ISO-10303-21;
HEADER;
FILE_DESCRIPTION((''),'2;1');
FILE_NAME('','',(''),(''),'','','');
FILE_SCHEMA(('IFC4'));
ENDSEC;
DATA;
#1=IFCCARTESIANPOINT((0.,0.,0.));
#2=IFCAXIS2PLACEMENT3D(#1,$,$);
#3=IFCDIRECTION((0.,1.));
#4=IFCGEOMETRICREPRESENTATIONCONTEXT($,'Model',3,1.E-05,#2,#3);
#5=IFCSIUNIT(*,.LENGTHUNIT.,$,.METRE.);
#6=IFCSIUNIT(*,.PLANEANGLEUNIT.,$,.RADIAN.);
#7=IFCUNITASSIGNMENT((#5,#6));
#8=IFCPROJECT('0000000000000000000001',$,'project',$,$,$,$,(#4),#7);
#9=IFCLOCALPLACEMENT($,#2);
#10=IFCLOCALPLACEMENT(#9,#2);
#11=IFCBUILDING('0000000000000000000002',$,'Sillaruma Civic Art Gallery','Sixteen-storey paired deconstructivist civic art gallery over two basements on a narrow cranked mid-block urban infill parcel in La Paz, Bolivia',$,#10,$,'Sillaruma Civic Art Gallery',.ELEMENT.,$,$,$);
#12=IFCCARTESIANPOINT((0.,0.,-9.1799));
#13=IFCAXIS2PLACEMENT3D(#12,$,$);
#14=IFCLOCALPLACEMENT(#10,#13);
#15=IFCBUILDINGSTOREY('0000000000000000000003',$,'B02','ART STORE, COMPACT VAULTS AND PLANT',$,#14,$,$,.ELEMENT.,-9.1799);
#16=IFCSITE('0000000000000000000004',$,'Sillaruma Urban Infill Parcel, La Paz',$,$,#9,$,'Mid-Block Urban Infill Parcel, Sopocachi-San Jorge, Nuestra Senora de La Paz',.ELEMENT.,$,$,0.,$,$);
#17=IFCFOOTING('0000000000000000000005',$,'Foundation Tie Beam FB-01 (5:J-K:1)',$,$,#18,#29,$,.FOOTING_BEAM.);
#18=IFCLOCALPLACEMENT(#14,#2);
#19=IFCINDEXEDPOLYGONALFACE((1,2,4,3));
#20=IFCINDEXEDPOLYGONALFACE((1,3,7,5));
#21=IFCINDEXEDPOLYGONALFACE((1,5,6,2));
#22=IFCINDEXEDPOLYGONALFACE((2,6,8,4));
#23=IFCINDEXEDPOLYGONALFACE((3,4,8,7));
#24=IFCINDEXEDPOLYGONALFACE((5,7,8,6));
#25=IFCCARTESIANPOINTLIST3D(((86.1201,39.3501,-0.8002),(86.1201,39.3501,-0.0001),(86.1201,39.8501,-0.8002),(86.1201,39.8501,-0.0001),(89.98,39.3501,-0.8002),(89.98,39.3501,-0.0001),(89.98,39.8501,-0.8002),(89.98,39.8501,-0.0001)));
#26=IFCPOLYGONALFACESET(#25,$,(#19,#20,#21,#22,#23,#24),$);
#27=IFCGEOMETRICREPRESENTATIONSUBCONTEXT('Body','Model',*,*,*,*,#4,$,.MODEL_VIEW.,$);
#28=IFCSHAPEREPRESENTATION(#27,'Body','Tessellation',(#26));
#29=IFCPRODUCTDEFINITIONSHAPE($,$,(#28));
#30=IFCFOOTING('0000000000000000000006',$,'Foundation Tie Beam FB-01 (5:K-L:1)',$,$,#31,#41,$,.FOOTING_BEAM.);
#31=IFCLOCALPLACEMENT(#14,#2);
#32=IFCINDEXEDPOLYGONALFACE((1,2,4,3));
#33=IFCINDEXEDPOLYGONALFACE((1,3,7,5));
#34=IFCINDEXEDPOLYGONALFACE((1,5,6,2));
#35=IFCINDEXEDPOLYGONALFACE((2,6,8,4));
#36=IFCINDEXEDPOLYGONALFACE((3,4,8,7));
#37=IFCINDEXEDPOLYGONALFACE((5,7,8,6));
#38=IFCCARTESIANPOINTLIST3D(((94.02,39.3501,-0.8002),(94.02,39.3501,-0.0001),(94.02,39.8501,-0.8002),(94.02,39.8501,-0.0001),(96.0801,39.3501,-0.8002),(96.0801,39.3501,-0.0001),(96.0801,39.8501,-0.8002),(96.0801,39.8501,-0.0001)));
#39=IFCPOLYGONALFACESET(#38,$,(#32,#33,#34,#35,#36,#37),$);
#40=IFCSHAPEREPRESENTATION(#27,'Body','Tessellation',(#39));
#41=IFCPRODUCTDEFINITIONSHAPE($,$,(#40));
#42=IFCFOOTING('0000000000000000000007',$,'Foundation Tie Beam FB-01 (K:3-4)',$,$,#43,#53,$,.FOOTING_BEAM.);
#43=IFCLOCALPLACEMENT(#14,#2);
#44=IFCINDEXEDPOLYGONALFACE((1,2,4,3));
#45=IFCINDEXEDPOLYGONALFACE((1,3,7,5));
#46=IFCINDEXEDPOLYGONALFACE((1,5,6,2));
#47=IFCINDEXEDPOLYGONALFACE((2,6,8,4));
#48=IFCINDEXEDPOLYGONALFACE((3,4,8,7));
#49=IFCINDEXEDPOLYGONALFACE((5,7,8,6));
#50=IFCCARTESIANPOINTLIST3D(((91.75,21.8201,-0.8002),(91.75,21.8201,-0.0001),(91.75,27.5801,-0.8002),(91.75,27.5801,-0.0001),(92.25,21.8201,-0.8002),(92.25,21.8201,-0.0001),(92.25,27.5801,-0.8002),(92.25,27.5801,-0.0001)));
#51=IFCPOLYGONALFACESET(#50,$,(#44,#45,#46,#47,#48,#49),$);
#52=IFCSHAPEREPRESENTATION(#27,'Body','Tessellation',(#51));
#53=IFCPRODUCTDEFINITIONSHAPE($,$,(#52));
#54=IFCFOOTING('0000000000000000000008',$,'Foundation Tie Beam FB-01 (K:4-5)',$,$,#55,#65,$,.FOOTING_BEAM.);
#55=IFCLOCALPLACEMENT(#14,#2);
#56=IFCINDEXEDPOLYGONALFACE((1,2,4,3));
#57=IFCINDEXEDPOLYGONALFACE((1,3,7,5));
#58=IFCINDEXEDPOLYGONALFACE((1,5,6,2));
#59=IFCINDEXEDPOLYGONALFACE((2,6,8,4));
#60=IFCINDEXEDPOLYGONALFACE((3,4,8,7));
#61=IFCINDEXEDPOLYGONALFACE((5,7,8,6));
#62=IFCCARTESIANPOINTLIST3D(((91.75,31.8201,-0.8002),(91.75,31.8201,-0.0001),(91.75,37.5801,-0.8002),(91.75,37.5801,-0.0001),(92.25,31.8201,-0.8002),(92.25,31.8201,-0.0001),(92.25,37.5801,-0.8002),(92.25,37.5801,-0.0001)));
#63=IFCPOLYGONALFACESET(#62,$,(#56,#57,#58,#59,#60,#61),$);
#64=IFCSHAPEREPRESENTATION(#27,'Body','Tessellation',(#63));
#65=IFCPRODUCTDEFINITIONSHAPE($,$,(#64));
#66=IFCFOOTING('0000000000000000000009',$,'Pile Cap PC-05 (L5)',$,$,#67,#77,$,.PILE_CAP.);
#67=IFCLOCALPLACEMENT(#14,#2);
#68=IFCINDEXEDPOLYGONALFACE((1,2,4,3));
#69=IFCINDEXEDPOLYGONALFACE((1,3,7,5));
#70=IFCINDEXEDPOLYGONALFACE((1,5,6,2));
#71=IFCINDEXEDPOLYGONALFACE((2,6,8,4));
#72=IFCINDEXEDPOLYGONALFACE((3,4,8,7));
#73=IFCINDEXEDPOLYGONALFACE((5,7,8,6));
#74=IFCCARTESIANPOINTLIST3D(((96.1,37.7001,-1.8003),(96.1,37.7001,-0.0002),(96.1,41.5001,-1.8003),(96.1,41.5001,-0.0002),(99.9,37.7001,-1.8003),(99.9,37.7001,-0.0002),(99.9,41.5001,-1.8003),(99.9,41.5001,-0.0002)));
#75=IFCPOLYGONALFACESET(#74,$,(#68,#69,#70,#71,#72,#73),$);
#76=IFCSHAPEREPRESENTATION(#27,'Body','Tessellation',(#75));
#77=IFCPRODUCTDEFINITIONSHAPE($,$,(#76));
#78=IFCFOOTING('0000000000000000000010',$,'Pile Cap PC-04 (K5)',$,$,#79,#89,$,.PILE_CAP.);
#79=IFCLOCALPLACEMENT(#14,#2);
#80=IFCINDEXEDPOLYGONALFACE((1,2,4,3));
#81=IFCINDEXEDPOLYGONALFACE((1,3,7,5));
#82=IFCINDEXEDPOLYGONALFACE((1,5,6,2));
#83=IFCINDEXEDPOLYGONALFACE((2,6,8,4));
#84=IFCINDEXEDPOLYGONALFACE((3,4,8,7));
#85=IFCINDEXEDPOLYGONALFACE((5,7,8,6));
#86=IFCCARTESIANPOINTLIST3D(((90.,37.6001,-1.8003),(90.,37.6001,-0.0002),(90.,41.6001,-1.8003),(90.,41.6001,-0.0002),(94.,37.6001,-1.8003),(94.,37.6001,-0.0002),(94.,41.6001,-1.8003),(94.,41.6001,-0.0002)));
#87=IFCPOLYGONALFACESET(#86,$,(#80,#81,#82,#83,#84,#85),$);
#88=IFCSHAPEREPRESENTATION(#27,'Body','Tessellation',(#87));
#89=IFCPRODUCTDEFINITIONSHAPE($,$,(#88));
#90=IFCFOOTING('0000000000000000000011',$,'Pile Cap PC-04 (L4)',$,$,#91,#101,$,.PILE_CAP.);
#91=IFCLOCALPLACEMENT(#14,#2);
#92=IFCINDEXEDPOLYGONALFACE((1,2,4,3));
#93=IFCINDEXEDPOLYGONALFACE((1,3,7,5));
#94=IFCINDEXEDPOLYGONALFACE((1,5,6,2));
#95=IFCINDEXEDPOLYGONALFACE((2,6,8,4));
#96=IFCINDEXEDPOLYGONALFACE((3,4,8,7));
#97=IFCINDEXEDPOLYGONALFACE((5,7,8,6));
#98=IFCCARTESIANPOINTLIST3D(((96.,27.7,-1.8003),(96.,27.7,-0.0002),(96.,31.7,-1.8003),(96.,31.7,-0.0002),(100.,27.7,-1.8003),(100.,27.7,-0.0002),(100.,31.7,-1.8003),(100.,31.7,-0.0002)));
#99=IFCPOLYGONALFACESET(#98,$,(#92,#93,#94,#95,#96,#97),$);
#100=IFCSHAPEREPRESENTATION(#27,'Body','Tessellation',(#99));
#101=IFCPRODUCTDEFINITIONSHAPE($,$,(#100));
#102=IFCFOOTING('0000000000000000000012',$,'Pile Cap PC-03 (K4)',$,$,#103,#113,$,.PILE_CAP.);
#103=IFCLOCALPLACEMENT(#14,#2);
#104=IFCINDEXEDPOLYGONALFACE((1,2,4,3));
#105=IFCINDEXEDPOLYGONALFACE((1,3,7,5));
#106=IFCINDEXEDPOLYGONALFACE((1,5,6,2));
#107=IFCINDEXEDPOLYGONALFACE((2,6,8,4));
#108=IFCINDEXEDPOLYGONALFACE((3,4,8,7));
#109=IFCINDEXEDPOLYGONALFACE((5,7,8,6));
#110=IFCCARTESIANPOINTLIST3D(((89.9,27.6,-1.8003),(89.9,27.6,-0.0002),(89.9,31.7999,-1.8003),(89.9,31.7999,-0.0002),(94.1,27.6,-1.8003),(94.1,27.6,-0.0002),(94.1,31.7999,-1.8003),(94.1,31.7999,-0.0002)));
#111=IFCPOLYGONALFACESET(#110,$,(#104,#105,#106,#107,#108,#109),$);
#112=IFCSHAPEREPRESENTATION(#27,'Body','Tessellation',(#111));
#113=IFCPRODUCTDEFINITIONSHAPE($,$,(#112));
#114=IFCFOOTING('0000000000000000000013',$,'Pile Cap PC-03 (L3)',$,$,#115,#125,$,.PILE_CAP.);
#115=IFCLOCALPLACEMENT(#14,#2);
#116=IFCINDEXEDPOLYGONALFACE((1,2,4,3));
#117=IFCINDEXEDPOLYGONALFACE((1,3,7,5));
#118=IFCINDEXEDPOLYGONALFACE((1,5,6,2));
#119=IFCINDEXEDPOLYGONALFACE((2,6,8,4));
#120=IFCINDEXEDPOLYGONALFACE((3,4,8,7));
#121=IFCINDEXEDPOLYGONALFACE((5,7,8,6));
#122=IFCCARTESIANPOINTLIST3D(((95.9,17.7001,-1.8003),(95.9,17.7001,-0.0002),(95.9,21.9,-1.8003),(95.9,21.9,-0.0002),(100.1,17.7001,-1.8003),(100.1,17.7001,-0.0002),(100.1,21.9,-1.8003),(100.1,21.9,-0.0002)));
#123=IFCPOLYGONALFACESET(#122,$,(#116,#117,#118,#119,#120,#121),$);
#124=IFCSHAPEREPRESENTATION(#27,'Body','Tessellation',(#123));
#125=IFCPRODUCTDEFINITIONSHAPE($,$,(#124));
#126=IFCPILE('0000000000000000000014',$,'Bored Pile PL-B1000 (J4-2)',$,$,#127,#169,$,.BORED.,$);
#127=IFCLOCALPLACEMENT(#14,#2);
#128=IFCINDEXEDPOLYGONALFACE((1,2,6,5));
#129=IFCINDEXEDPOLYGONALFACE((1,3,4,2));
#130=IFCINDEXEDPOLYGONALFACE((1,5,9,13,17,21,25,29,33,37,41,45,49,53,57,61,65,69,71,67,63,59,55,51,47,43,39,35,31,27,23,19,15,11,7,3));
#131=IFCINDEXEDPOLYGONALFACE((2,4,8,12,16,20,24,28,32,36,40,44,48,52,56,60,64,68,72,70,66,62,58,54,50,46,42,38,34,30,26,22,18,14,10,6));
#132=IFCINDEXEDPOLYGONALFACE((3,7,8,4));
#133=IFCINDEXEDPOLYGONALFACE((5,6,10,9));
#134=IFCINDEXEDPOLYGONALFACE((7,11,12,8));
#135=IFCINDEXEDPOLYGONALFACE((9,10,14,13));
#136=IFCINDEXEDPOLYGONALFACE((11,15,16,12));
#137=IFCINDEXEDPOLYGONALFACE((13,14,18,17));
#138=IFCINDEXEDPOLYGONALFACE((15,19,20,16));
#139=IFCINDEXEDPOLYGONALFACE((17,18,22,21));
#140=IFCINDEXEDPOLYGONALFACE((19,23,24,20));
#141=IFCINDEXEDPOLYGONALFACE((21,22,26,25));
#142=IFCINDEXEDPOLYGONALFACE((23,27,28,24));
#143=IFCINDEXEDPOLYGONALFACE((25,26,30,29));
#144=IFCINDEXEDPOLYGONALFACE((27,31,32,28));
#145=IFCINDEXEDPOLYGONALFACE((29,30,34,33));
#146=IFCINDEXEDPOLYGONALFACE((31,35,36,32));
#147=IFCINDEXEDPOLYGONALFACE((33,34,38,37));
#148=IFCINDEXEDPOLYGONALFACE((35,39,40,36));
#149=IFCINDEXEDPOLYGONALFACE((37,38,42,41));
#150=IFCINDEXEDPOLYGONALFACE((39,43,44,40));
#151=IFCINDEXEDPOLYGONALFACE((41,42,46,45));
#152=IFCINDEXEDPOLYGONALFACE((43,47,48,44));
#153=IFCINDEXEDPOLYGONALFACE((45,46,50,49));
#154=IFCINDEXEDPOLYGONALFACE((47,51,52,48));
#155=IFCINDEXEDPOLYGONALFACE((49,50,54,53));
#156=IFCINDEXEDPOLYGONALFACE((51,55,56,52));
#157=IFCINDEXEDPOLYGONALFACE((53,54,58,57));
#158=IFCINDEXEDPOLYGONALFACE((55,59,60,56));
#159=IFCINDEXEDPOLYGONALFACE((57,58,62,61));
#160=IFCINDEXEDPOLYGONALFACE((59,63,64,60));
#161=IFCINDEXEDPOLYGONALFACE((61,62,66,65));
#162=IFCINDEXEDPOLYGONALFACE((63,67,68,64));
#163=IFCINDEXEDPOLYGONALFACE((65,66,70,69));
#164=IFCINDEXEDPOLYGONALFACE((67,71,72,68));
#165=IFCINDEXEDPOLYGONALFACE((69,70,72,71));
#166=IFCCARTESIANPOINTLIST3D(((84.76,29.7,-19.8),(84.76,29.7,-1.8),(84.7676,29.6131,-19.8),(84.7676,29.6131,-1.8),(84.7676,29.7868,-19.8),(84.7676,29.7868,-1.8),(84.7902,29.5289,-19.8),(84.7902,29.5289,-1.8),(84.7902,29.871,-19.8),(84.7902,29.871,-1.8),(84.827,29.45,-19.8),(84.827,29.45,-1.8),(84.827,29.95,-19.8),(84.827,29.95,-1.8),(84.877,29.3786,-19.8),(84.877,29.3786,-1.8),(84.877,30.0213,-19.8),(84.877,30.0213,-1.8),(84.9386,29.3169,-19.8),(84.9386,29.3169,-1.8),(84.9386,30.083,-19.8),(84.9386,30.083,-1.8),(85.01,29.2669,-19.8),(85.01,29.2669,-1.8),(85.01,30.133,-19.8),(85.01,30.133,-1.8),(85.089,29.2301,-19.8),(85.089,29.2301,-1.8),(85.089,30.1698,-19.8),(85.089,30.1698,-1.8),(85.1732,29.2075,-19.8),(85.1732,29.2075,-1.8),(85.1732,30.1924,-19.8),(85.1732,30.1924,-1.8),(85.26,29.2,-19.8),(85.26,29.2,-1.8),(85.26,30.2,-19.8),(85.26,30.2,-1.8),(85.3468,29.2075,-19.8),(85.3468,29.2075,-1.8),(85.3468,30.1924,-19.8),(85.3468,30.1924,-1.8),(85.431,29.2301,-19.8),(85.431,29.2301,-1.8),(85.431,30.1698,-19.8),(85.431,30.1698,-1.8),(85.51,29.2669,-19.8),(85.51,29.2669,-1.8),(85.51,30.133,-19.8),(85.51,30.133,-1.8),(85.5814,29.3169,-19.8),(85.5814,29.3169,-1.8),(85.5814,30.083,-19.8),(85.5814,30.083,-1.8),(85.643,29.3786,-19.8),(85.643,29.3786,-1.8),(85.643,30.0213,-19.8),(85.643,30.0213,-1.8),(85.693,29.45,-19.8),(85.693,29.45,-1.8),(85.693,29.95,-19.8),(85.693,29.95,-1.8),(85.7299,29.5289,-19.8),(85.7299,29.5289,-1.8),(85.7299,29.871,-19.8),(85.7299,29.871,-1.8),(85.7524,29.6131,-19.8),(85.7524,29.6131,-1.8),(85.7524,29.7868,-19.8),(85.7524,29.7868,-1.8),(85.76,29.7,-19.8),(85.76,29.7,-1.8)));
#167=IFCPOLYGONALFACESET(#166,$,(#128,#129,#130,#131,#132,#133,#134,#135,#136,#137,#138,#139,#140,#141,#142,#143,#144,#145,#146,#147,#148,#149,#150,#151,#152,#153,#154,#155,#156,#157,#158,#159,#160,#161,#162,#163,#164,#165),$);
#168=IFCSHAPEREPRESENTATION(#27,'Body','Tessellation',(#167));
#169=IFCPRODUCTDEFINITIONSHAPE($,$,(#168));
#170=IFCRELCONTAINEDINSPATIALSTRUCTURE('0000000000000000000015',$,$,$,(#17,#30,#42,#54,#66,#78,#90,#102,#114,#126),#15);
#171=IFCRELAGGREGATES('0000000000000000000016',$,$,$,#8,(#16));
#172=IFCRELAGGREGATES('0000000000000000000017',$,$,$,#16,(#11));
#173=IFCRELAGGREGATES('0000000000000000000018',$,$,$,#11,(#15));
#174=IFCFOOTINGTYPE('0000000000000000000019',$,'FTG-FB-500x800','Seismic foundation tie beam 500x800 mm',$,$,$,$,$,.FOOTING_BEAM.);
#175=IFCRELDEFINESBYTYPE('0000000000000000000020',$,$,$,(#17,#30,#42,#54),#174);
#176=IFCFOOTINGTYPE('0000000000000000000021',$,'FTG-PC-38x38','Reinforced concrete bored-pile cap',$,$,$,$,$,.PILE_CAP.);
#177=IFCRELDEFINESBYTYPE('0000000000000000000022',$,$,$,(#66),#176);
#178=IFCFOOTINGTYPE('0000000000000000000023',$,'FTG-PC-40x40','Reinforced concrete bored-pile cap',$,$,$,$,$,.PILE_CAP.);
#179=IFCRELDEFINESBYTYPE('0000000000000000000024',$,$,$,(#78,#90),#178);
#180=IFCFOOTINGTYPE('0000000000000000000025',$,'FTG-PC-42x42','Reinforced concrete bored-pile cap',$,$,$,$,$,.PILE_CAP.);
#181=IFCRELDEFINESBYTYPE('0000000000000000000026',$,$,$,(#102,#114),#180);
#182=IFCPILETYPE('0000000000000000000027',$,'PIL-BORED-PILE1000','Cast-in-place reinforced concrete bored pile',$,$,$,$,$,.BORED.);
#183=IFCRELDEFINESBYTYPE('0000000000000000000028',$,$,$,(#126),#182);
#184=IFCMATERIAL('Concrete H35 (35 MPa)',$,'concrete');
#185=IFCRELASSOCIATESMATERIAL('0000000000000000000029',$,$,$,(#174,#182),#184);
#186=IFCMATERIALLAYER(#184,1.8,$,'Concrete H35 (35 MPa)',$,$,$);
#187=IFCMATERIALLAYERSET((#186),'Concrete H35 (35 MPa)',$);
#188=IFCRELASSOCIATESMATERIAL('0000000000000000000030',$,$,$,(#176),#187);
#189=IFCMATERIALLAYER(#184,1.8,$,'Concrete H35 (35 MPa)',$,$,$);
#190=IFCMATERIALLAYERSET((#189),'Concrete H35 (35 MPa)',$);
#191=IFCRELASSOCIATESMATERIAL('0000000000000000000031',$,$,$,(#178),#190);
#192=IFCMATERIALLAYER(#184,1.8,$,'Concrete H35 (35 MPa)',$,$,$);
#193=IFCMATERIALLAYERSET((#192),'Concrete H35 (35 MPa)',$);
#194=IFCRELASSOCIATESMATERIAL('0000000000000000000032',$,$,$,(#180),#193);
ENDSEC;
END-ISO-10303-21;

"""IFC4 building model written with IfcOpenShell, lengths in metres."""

from ifc_helpers import new_model, si_unit, direction, frame, origin, origin_2d, place, context, subcontext, project, spatial, rectangle, circle, extrude, material, layer, layer_set, material_profile, profile_set, type_object, element, save


model = new_model("IFC4")

# Units and contexts
model_context = context("Model", 3, precision=1e-05, world=origin(), true_north=direction((0.0, 1.0)))
body_context = subcontext(model_context, "Body", "Model", "MODEL_VIEW")
ifc_project = project(units=[si_unit("LENGTHUNIT", "METRE"), si_unit("PLANEANGLEUNIT", "RADIAN")], contexts=[model_context])

# Site, building, storey
site_placement = place(None, origin())
site = spatial("IfcSite", under=ifc_project, at=site_placement, Name="Sillaruma Urban Infill Parcel, La Paz", LongName="Mid-Block Urban Infill Parcel, Sopocachi-San Jorge, Nuestra Senora de La Paz", CompositionType="ELEMENT", RefElevation=0.0)
building_placement = place(site_placement, origin())
building = spatial("IfcBuilding", under=site, at=building_placement, Name="Sillaruma Civic Art Gallery", Description="Sixteen-storey paired deconstructivist civic art gallery over two basements on a narrow cranked mid-block urban infill parcel in La Paz, Bolivia", LongName="Sillaruma Civic Art Gallery", CompositionType="ELEMENT")
storey_placement = place(building_placement, frame((0.0, 0.0, -9.1799)))
storey = spatial("IfcBuildingStorey", under=building, at=storey_placement, Name="B02", Description="ART STORE, COMPACT VAULTS AND PLANT", CompositionType="ELEMENT", Elevation=-9.1799)

# Footings
ifc_material_1 = material(Name="Concrete H35 (35 MPa)", Category="concrete")
ifc_material_profile_1 = material_profile(ifc_material_1, rectangle(XDim=0.5, YDim=0.8, at=origin_2d()), Name="RCB500x800")
ifc_profile_set_1 = profile_set([ifc_material_profile_1], Name="Concrete H35 (35 MPa)")
footing_type_1 = type_object("IfcFootingType", Name="FTG-FB-500x800", Description="Seismic foundation tie beam 500x800 mm", PredefinedType="FOOTING_BEAM", material=ifc_profile_set_1)
footing_1_placement = place(storey_placement, frame((86.1201, 39.6001, -0.4001), z_axis=(1.0, 0.0, 0.0), x_axis=(0.0, 1.0, 0.0)))
element("IfcFooting", 1, at=footing_1_placement, inside=storey, type_object=footing_type_1, Name="Foundation Tie Beam FB-01 (5:J-K:1)", PredefinedType="FOOTING_BEAM", context=body_context, shape_type="SweptSolid", body=[
    extrude(rectangle(XDim=0.5, YDim=0.8, at=origin_2d()), origin(), (0.0, 0.0, 1.0), 3.8599),
])
footing_2_placement = place(storey_placement, frame((94.02, 39.6001, -0.4001), z_axis=(1.0, 0.0, 0.0), x_axis=(0.0, 1.0, 0.0)))
element("IfcFooting", 2, at=footing_2_placement, inside=storey, type_object=footing_type_1, Name="Foundation Tie Beam FB-01 (5:K-L:1)", PredefinedType="FOOTING_BEAM", context=body_context, shape_type="SweptSolid", body=[
    extrude(rectangle(XDim=0.5, YDim=0.8, at=origin_2d()), origin(), (0.0, 0.0, 1.0), 2.0601),
])
for number, where, z_axis, x_axis, name in (
    (3, (92.0, 21.8201, -0.4001), (0.0, 1.0, 0.0), (-1.0, 0.0, 0.0), "Foundation Tie Beam FB-01 (K:3-4)"),
    (4, (92.0, 31.8201, -0.4001), (0.0, 1.0, 0.0), (-1.0, 0.0, 0.0), "Foundation Tie Beam FB-01 (K:4-5)"),
):
    element("IfcFooting", number, at=place(storey_placement, frame(where, z_axis=z_axis, x_axis=x_axis)), inside=storey, type_object=footing_type_1, Name=name, PredefinedType="FOOTING_BEAM", context=body_context, shape_type="SweptSolid", body=[
        extrude(rectangle(XDim=0.5, YDim=0.8, at=origin_2d()), origin(), (0.0, 0.0, 1.0), 5.76),
    ])
ifc_layer_1 = layer(ifc_material_1, 1.8, Name="Concrete H35 (35 MPa)")
ifc_layer_set_1 = layer_set([ifc_layer_1], Name="Concrete H35 (35 MPa)")
footing_type_2 = type_object("IfcFootingType", Name="FTG-PC-38x38", Description="Reinforced concrete bored-pile cap", PredefinedType="PILE_CAP", material=ifc_layer_set_1)
footing_3_placement = place(storey_placement, frame((98.0, 39.6001, -1.8003), z_axis=(0.0, 0.0, 1.0), x_axis=(1.0, 0.0, 0.0)))
element("IfcFooting", 5, at=footing_3_placement, inside=storey, type_object=footing_type_2, Name="Pile Cap PC-05 (L5)", PredefinedType="PILE_CAP", context=body_context, shape_type="SweptSolid", body=[
    extrude(rectangle(XDim=3.8, YDim=3.8, at=origin_2d()), origin(), (0.0, 0.0, 1.0), 1.8),
])
ifc_layer_2 = layer(ifc_material_1, 1.8, Name="Concrete H35 (35 MPa)")
ifc_layer_set_2 = layer_set([ifc_layer_2], Name="Concrete H35 (35 MPa)")
footing_type_3 = type_object("IfcFootingType", Name="FTG-PC-40x40", Description="Reinforced concrete bored-pile cap", PredefinedType="PILE_CAP", material=ifc_layer_set_2)
for number, where, z_axis, x_axis, name in (
    (6, (92.0, 39.6001, -1.8003), (0.0, 0.0, 1.0), (1.0, 0.0, 0.0), "Pile Cap PC-04 (K5)"),
    (7, (98.0, 29.7, -1.8003), (0.0, 0.0, 1.0), (1.0, 0.0, 0.0), "Pile Cap PC-04 (L4)"),
):
    element("IfcFooting", number, at=place(storey_placement, frame(where, z_axis=z_axis, x_axis=x_axis)), inside=storey, type_object=footing_type_3, Name=name, PredefinedType="PILE_CAP", context=body_context, shape_type="SweptSolid", body=[
        extrude(rectangle(XDim=4.0, YDim=4.0, at=origin_2d()), origin(), (0.0, 0.0, 1.0), 1.8),
    ])
ifc_layer_3 = layer(ifc_material_1, 1.8, Name="Concrete H35 (35 MPa)")
ifc_layer_set_3 = layer_set([ifc_layer_3], Name="Concrete H35 (35 MPa)")
footing_type_4 = type_object("IfcFootingType", Name="FTG-PC-42x42", Description="Reinforced concrete bored-pile cap", PredefinedType="PILE_CAP", material=ifc_layer_set_3)
for number, where, z_axis, x_axis, name in (
    (8, (92.0, 29.7, -1.8003), (0.0, 0.0, 1.0), (1.0, 0.0, 0.0), "Pile Cap PC-03 (K4)"),
    (9, (98.0, 19.8, -1.8003), (0.0, 0.0, 1.0), (1.0, 0.0, 0.0), "Pile Cap PC-03 (L3)"),
):
    element("IfcFooting", number, at=place(storey_placement, frame(where, z_axis=z_axis, x_axis=x_axis)), inside=storey, type_object=footing_type_4, Name=name, PredefinedType="PILE_CAP", context=body_context, shape_type="SweptSolid", body=[
        extrude(rectangle(XDim=4.2, YDim=4.2, at=origin_2d()), origin(), (0.0, 0.0, 1.0), 1.8),
    ])

# Pile
ifc_material_profile_2 = material_profile(ifc_material_1, circle(Radius=0.5, at=origin_2d()), Name="PILE1000")
ifc_profile_set_2 = profile_set([ifc_material_profile_2], Name="Concrete H35 (35 MPa)")
pile_type_1 = type_object("IfcPileType", Name="PIL-BORED-PILE1000", Description="Cast-in-place reinforced concrete bored pile", PredefinedType="BORED", material=ifc_profile_set_2)
for number, where, z_axis, x_axis, name in (
    (10, (85.26, 29.7, -1.8), (0.0, 0.0, -1.0), (1.0, 0.0, 0.0), "Bored Pile PL-B1000 (J4-2)"),
):
    element("IfcPile", number, at=place(storey_placement, frame(where, z_axis=z_axis, x_axis=x_axis)), inside=storey, type_object=pile_type_1, Name=name, PredefinedType="BORED", context=body_context, shape_type="SweptSolid", body=[
        extrude(circle(Radius=0.5, at=origin_2d()), origin(), (0.0, 0.0, 1.0), 18.0),
    ])

save(model, "model.ifc")
